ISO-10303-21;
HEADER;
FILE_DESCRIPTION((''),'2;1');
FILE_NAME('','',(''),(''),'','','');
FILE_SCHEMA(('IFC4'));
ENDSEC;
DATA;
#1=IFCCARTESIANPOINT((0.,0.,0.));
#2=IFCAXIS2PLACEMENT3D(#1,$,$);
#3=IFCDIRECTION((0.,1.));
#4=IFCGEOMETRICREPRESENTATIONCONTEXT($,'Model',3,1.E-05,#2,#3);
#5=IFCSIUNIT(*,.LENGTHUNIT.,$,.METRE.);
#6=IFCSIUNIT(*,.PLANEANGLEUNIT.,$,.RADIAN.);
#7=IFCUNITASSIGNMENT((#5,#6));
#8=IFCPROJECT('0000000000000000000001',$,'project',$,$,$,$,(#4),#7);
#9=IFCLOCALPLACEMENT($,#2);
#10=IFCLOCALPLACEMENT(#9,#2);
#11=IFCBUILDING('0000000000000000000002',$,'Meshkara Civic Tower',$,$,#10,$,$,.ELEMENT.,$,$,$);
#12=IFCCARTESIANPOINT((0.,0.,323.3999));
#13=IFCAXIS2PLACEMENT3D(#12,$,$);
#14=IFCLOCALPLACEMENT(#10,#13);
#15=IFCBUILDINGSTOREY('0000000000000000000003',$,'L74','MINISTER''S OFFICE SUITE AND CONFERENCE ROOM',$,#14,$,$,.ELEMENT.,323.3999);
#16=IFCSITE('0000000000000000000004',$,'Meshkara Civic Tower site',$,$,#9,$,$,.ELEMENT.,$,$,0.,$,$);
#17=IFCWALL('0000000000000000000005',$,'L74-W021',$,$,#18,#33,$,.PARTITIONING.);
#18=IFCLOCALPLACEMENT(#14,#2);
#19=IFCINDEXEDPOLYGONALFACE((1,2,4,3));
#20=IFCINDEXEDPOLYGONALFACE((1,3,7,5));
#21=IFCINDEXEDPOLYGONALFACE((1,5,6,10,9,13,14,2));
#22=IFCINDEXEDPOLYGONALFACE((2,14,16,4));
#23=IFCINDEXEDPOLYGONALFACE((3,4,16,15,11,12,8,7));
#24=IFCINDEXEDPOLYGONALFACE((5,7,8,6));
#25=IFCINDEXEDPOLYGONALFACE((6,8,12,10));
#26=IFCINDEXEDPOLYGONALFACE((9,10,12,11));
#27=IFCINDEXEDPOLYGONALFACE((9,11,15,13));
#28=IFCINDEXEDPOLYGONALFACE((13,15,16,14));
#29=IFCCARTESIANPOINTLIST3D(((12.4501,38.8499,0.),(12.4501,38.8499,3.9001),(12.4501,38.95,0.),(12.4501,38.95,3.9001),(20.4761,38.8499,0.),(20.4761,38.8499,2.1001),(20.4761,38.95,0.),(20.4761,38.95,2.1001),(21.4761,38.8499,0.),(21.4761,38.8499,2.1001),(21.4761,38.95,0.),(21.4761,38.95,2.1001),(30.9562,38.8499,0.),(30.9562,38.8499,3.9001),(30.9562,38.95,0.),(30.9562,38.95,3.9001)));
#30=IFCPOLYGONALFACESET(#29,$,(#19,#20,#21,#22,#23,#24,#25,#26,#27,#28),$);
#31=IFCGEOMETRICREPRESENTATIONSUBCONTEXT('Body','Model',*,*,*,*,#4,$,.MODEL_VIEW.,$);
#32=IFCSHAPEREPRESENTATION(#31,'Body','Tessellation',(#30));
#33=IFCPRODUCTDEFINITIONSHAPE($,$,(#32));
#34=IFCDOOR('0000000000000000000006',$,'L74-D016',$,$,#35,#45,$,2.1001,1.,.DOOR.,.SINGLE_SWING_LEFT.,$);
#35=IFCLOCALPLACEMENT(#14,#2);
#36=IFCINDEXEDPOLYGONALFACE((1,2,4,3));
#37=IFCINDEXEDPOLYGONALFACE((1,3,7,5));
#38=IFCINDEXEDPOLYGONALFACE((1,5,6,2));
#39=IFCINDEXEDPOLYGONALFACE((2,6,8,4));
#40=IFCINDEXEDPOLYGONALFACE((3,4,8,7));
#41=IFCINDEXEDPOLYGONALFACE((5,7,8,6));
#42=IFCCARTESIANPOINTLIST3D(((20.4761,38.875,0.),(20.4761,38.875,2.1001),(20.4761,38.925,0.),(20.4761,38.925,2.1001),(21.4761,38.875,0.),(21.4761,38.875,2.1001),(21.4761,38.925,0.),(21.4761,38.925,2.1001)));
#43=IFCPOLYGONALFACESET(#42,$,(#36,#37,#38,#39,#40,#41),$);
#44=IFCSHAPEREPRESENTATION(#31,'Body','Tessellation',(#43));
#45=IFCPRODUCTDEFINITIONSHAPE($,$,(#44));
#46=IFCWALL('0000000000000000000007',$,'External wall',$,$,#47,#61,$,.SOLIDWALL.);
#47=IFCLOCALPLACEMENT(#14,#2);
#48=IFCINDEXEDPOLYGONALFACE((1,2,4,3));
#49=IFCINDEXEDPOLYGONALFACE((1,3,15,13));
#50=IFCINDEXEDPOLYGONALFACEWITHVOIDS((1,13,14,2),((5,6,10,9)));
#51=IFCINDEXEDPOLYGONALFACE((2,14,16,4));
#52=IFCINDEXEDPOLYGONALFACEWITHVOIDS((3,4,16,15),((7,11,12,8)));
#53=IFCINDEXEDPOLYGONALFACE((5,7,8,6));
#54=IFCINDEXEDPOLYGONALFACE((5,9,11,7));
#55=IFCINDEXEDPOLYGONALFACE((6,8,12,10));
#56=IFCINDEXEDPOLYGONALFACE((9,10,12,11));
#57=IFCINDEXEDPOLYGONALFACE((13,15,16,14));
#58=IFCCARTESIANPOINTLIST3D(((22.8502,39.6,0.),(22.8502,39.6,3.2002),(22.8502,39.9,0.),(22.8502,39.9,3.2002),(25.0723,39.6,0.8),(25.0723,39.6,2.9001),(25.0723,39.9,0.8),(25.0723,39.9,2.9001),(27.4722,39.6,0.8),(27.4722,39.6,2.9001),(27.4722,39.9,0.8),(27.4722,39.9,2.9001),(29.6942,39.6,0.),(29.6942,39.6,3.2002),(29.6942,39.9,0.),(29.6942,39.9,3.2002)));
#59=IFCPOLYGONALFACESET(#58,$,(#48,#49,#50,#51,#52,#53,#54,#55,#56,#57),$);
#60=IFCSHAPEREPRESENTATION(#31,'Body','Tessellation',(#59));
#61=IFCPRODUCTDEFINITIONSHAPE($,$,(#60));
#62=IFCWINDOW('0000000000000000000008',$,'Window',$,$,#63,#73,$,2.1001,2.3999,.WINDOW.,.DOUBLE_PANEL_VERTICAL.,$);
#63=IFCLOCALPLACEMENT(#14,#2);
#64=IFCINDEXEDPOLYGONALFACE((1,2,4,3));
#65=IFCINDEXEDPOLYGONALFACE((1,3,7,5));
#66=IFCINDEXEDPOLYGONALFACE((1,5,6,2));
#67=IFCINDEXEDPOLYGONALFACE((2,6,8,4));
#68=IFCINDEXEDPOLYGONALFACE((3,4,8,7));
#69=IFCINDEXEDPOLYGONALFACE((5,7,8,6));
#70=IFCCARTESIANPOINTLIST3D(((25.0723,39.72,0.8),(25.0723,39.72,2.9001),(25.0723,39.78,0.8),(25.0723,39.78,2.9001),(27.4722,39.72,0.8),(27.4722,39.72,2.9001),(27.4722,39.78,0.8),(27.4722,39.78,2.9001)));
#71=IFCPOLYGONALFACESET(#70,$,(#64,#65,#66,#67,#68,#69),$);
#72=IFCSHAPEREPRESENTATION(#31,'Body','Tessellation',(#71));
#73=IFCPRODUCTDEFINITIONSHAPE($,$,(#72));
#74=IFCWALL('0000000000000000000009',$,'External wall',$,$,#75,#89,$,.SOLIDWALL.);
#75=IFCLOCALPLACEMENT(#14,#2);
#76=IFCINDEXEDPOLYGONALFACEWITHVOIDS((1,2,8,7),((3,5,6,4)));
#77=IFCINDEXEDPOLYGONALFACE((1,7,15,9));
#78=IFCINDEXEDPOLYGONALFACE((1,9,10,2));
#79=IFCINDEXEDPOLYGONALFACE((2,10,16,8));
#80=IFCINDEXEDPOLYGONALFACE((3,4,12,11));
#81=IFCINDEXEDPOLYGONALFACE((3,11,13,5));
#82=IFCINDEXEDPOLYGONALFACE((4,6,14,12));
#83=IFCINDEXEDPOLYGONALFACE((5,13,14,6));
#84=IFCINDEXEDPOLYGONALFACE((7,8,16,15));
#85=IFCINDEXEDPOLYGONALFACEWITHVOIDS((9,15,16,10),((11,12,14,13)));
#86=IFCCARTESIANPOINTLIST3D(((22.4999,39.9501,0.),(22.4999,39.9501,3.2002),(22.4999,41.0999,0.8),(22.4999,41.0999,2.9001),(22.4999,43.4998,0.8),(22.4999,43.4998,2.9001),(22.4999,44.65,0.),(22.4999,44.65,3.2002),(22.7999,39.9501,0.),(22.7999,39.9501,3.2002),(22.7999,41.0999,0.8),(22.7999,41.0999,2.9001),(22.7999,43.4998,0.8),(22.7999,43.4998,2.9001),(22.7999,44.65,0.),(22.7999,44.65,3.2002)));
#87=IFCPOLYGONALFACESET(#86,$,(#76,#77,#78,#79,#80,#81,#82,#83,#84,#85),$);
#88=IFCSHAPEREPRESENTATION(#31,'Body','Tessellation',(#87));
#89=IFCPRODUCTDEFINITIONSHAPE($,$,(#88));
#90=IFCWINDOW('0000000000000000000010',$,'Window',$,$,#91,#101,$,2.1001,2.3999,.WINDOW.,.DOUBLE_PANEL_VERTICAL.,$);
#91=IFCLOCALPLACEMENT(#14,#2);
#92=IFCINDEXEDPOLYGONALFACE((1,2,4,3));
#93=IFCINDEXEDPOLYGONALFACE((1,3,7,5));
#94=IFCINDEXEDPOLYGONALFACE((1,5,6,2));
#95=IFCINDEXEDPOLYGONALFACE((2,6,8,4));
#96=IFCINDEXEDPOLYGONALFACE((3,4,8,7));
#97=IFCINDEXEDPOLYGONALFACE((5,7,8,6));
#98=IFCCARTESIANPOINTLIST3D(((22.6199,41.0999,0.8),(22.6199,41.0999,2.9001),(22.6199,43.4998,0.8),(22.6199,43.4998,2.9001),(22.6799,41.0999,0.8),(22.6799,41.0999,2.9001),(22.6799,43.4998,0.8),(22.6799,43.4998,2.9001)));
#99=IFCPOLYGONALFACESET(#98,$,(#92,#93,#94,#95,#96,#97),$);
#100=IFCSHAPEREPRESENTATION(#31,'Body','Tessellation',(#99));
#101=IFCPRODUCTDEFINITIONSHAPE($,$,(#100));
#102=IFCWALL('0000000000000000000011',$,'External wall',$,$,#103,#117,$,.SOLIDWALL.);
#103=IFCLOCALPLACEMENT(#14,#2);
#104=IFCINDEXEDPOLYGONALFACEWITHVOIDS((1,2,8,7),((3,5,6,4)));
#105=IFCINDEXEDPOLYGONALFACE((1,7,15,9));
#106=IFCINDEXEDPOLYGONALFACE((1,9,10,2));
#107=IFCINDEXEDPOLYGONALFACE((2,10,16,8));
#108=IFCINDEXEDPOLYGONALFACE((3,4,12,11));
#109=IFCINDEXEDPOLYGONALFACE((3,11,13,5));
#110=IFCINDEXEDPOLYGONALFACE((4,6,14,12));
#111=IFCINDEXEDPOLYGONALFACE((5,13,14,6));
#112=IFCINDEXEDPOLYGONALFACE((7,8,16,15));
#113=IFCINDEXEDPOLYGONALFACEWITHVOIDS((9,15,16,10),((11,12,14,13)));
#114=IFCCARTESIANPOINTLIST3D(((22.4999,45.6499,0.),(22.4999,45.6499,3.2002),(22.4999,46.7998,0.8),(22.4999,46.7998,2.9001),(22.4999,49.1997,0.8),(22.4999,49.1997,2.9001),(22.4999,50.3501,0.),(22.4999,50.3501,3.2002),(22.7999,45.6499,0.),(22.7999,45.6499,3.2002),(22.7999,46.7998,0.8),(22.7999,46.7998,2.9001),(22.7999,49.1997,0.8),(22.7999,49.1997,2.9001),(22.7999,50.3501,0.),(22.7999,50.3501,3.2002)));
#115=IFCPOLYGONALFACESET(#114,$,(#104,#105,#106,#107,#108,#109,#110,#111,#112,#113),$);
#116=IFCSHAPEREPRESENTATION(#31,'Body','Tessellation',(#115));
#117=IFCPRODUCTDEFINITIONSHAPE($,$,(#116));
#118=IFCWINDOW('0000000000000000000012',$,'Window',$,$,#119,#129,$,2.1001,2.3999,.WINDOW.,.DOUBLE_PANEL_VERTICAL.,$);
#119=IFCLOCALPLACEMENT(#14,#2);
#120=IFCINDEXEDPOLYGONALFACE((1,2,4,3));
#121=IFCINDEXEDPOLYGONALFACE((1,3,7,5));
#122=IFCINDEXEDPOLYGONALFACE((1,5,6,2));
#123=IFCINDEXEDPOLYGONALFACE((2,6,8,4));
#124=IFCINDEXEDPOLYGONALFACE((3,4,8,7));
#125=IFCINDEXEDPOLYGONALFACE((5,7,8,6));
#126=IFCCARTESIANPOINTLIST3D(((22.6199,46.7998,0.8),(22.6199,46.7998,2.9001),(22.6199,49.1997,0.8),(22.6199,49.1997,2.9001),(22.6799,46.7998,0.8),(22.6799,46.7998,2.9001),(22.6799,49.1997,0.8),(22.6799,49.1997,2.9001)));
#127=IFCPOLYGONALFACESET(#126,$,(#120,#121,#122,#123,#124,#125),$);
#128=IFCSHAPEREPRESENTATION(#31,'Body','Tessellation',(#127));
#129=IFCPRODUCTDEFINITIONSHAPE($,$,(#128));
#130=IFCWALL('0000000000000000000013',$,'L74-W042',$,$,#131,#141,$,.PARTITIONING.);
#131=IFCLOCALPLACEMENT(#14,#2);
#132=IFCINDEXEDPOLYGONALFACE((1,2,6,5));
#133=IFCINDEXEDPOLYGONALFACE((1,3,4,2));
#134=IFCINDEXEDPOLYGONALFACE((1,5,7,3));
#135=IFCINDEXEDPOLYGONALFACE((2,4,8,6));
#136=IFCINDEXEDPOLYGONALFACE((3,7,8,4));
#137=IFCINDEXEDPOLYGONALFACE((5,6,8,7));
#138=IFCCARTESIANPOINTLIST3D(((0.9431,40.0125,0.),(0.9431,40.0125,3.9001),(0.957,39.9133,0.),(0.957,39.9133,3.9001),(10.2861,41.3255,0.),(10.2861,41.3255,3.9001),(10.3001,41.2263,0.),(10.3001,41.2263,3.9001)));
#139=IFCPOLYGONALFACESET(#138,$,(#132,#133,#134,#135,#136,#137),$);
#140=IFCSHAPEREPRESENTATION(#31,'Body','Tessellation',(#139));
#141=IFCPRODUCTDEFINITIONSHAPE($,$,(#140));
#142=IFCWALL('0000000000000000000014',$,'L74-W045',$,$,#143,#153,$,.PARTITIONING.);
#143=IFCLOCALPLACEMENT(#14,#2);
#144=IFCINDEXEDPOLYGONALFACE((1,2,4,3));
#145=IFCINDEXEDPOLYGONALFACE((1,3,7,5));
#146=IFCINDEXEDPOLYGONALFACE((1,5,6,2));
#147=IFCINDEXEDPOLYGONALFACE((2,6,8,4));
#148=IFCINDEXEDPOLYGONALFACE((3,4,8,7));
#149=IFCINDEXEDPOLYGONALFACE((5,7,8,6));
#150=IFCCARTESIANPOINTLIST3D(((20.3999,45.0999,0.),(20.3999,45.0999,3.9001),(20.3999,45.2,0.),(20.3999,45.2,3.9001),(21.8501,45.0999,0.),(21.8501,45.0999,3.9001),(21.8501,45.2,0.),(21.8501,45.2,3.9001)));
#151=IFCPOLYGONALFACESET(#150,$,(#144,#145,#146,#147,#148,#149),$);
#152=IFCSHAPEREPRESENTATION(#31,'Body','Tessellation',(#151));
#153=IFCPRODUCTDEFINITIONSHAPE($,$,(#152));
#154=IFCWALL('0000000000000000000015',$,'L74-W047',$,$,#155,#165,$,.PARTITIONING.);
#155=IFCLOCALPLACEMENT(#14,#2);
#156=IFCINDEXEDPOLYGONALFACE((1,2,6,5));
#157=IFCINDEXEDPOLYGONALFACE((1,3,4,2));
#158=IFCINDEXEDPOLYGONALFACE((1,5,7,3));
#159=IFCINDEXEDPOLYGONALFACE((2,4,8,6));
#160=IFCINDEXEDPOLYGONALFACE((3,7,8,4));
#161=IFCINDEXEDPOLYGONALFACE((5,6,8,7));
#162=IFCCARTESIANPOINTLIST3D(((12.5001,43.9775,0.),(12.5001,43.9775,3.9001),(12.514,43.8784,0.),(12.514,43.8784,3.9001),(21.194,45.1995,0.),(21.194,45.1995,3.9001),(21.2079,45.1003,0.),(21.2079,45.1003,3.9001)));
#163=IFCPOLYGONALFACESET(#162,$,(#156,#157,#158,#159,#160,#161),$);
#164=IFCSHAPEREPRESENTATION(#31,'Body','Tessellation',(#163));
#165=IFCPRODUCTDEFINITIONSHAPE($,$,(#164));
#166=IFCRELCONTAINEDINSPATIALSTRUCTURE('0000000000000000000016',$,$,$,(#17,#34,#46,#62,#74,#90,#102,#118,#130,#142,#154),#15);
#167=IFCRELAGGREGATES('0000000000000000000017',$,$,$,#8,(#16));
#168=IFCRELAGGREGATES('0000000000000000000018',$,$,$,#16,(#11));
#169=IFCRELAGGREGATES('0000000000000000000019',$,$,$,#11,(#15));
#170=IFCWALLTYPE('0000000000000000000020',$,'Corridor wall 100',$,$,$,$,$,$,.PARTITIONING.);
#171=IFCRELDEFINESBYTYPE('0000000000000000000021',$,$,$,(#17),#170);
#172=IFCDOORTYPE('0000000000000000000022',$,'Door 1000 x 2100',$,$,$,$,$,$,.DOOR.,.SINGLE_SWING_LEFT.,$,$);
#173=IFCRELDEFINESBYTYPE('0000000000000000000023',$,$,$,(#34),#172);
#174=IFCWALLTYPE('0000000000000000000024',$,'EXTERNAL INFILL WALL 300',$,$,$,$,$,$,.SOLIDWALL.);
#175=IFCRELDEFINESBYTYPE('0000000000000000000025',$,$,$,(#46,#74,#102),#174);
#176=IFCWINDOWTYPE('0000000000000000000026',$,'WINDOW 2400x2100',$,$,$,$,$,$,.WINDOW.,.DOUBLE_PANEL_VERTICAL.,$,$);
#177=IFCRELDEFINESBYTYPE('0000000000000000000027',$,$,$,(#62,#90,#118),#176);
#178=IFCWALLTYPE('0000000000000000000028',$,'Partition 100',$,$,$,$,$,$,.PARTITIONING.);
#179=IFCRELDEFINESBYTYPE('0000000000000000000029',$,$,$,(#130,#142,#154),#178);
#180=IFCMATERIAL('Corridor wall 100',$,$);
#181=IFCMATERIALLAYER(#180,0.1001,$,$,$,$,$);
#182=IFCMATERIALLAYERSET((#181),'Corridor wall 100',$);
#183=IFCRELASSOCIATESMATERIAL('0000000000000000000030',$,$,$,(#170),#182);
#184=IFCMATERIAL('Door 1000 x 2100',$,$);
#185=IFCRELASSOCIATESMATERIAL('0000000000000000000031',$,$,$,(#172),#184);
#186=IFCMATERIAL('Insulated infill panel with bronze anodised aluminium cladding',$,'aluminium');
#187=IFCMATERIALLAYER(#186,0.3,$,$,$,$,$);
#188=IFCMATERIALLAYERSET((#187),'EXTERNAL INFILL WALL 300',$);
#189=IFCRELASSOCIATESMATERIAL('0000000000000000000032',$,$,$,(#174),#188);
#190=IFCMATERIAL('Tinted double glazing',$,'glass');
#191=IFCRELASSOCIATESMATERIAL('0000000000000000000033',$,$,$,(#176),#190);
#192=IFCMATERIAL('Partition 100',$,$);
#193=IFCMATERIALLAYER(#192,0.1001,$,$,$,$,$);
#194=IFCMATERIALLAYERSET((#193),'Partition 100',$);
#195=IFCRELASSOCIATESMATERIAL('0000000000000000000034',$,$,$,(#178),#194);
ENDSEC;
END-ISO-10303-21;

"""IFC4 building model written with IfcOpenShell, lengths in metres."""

from ifc_helpers import new_model, si_unit, direction, frame, frame_2d, origin, place, context, subcontext, project, spatial, rectangle, extrude, material, layer, layer_set, type_object, element, fill, save


model = new_model("IFC4")

# Units and contexts
model_context = context("Model", 3, precision=1e-05, world=origin(), true_north=direction((0.0, 1.0)))
body_context = subcontext(model_context, "Body", "Model", "MODEL_VIEW")
ifc_project = project(units=[si_unit("LENGTHUNIT", "METRE"), si_unit("PLANEANGLEUNIT", "RADIAN")], contexts=[model_context])

# Site, building, storey
site_placement = place(None, origin())
site = spatial("IfcSite", under=ifc_project, at=site_placement, Name="Meshkara Civic Tower site", CompositionType="ELEMENT", RefElevation=0.0)
building_placement = place(site_placement, origin())
building = spatial("IfcBuilding", under=site, at=building_placement, Name="Meshkara Civic Tower", CompositionType="ELEMENT")
storey_placement = place(building_placement, frame((0.0, 0.0, 323.3999)))
storey = spatial("IfcBuildingStorey", under=building, at=storey_placement, Name="L74", Description="MINISTER'S OFFICE SUITE AND CONFERENCE ROOM", CompositionType="ELEMENT", Elevation=323.3999)

# Shared definitions
ifc_material_1 = material(Name="Corridor wall 100")
ifc_layer_1 = layer(ifc_material_1, 0.1001)
ifc_layer_set_1 = layer_set([ifc_layer_1], Name="Corridor wall 100")
wall_type_1 = type_object("IfcWallType", Name="Corridor wall 100", PredefinedType="PARTITIONING", material=ifc_layer_set_1)

# Shared definitions
ifc_material_2 = material(Name="Door 1000 x 2100")
door_type = type_object("IfcDoorType", Name="Door 1000 x 2100", OperationType="SINGLE_SWING_LEFT", PredefinedType="DOOR", material=ifc_material_2)

# Wall, opening, door
wall_1_placement = place(storey_placement, frame((30.9561, 38.8999, 0.0), z_axis=(0.0, 0.0, 1.0), x_axis=(-1.0, 0.0, 0.0)))
wall_1 = element("IfcWall", 1, at=wall_1_placement, inside=storey, type_object=wall_type_1, Name="L74-W021", PredefinedType="PARTITIONING", context=body_context, shape_type="SweptSolid", body=[
    extrude(rectangle(XDim=18.5061, YDim=0.1001, at=frame_2d((9.2529, 0.0))), origin(), (0.0, 0.0, 1.0), 3.9001),
])
opening_1_placement = place(wall_1_placement, frame((9.48, 0.0, 0.0)))
opening_1 = element("IfcOpeningElement", 2, at=opening_1_placement, cuts=wall_1, PredefinedType="OPENING", context=body_context, shape_type="SweptSolid", body=[
    extrude(rectangle(XDim=1.0, YDim=2.1001, at=frame_2d((0.5, 1.05))), frame((0.0, 0.0601, 0.0), z_axis=(0.0, -1.0, 0.0), x_axis=(1.0, 0.0, 0.0)), (0.0, 0.0, 1.0), 0.1201),
])
door_1_placement = place(opening_1_placement, origin())
door_1 = element("IfcDoor", 3, at=door_1_placement, inside=storey, type_object=door_type, Name="L74-D016", OperationType="SINGLE_SWING_LEFT", OverallHeight=2.1001, OverallWidth=1.0, PredefinedType="DOOR", context=body_context, shape_type="SweptSolid", body=[
    extrude(rectangle(XDim=1.0, YDim=2.1001, at=frame_2d((0.5, 1.05))), frame((0.0, 0.0249, 0.0), z_axis=(0.0, -1.0, 0.0), x_axis=(1.0, 0.0, 0.0)), (0.0, 0.0, 1.0), 0.05),
])
fill(opening_1, door_1)

# Walls, openings, windows
ifc_material_3 = material(Name="Insulated infill panel with bronze anodised aluminium cladding", Category="aluminium")
ifc_layer_2 = layer(ifc_material_3, 0.3)
ifc_layer_set_2 = layer_set([ifc_layer_2], Name="EXTERNAL INFILL WALL 300")
wall_type_2 = type_object("IfcWallType", Name="EXTERNAL INFILL WALL 300", PredefinedType="SOLIDWALL", material=ifc_layer_set_2)
wall_2_placement = place(storey_placement, frame((29.6941, 39.75, 0.0), z_axis=(0.0, 0.0, 1.0), x_axis=(-1.0, 0.0, 0.0)))
wall_2 = element("IfcWall", 4, at=wall_2_placement, inside=storey, type_object=wall_type_2, Name="External wall", PredefinedType="SOLIDWALL", context=body_context, shape_type="SweptSolid", body=[
    extrude(rectangle(XDim=6.844, YDim=0.3, at=frame_2d((3.4219, 0.0))), origin(), (0.0, 0.0, 1.0), 3.2002),
])
opening_2_placement = place(wall_2_placement, frame((2.2219, 0.0, 0.8)))
opening_2 = element("IfcOpeningElement", 5, at=opening_2_placement, cuts=wall_2, PredefinedType="OPENING", context=body_context, shape_type="SweptSolid", body=[
    extrude(rectangle(XDim=2.3999, YDim=2.1001, at=frame_2d((1.2, 1.05))), frame((0.0, 0.1599, 0.0), z_axis=(0.0, -1.0, 0.0), x_axis=(1.0, 0.0, 0.0)), (0.0, 0.0, 1.0), 0.3201),
])
ifc_material_4 = material(Name="Tinted double glazing", Category="glass")
window_type = type_object("IfcWindowType", Name="WINDOW 2400x2100", PartitioningType="DOUBLE_PANEL_VERTICAL", PredefinedType="WINDOW", material=ifc_material_4)
window_1_placement = place(opening_2_placement, origin())
window_1 = element("IfcWindow", 6, at=window_1_placement, inside=storey, type_object=window_type, Name="Window", OverallHeight=2.1001, OverallWidth=2.3999, PartitioningType="DOUBLE_PANEL_VERTICAL", PredefinedType="WINDOW", context=body_context, shape_type="SweptSolid", body=[
    extrude(rectangle(XDim=2.3999, YDim=2.1001, at=frame_2d((1.2, 1.05))), frame((0.0, 0.03, 0.0), z_axis=(0.0, -1.0, 0.0), x_axis=(1.0, 0.0, 0.0)), (0.0, 0.0, 1.0), 0.0601),
])
fill(opening_2, window_1)
wall_3_placement = place(storey_placement, frame((22.6499, 39.95, 0.0), z_axis=(0.0, 0.0, 1.0), x_axis=(0.0, 1.0, 0.0)))
wall_3 = element("IfcWall", 7, at=wall_3_placement, inside=storey, type_object=wall_type_2, Name="External wall", PredefinedType="SOLIDWALL", context=body_context, shape_type="SweptSolid", body=[
    extrude(rectangle(XDim=4.7, YDim=0.3, at=frame_2d((2.3501, 0.0))), origin(), (0.0, 0.0, 1.0), 3.2002),
])
opening_3_placement = place(wall_3_placement, frame((1.1499, 0.0, 0.8)))
opening_3 = element("IfcOpeningElement", 8, at=opening_3_placement, cuts=wall_3, PredefinedType="OPENING", context=body_context, shape_type="SweptSolid", body=[
    extrude(rectangle(XDim=2.3999, YDim=2.1001, at=frame_2d((1.2, 1.05))), frame((0.0, 0.1599, 0.0), z_axis=(0.0, -1.0, 0.0), x_axis=(1.0, 0.0, 0.0)), (0.0, 0.0, 1.0), 0.3201),
])
window_2_placement = place(opening_3_placement, origin())
window_2 = element("IfcWindow", 9, at=window_2_placement, inside=storey, type_object=window_type, Name="Window", OverallHeight=2.1001, OverallWidth=2.3999, PartitioningType="DOUBLE_PANEL_VERTICAL", PredefinedType="WINDOW", context=body_context, shape_type="SweptSolid", body=[
    extrude(rectangle(XDim=2.3999, YDim=2.1001, at=frame_2d((1.2, 1.05))), frame((0.0, 0.03, 0.0), z_axis=(0.0, -1.0, 0.0), x_axis=(1.0, 0.0, 0.0)), (0.0, 0.0, 1.0), 0.0601),
])
fill(opening_3, window_2)
wall_4_placement = place(storey_placement, frame((22.6499, 45.6499, 0.0), z_axis=(0.0, 0.0, 1.0), x_axis=(0.0, 1.0, 0.0)))
wall_4 = element("IfcWall", 10, at=wall_4_placement, inside=storey, type_object=wall_type_2, Name="External wall", PredefinedType="SOLIDWALL", context=body_context, shape_type="SweptSolid", body=[
    extrude(rectangle(XDim=4.7002, YDim=0.3, at=frame_2d((2.3501, 0.0))), origin(), (0.0, 0.0, 1.0), 3.2002),
])
opening_4_placement = place(wall_4_placement, frame((1.1499, 0.0, 0.8)))
opening_4 = element("IfcOpeningElement", 11, at=opening_4_placement, cuts=wall_4, PredefinedType="OPENING", context=body_context, shape_type="SweptSolid", body=[
    extrude(rectangle(XDim=2.3999, YDim=2.1001, at=frame_2d((1.2, 1.05))), frame((0.0, 0.1599, 0.0), z_axis=(0.0, -1.0, 0.0), x_axis=(1.0, 0.0, 0.0)), (0.0, 0.0, 1.0), 0.3201),
])
window_3_placement = place(opening_4_placement, origin())
window_3 = element("IfcWindow", 12, at=window_3_placement, inside=storey, type_object=window_type, Name="Window", OverallHeight=2.1001, OverallWidth=2.3999, PartitioningType="DOUBLE_PANEL_VERTICAL", PredefinedType="WINDOW", context=body_context, shape_type="SweptSolid", body=[
    extrude(rectangle(XDim=2.3999, YDim=2.1001, at=frame_2d((1.2, 1.05))), frame((0.0, 0.03, 0.0), z_axis=(0.0, -1.0, 0.0), x_axis=(1.0, 0.0, 0.0)), (0.0, 0.0, 1.0), 0.0601),
])
fill(opening_4, window_3)

# Walls
ifc_material_5 = material(Name="Partition 100")
ifc_layer_3 = layer(ifc_material_5, 0.1001)
ifc_layer_set_3 = layer_set([ifc_layer_3], Name="Partition 100")
wall_type_3 = type_object("IfcWallType", Name="Partition 100", PredefinedType="PARTITIONING", material=ifc_layer_set_3)
wall_5_placement = place(storey_placement, frame((10.293, 41.2759, 0.0), z_axis=(0.0, 0.0, 1.0), x_axis=(-0.990269, -0.139164, 0.0)))
element("IfcWall", 13, at=wall_5_placement, inside=storey, type_object=wall_type_3, Name="L74-W042", PredefinedType="PARTITIONING", context=body_context, shape_type="SweptSolid", body=[
    extrude(rectangle(XDim=9.4348, YDim=0.1001, at=frame_2d((4.7173, 0.0))), origin(), (0.0, 0.0, 1.0), 3.9001),
])
wall_6_placement = place(storey_placement, frame((20.3999, 45.1499, 0.0), z_axis=(0.0, 0.0, 1.0), x_axis=(1.0, 0.0, 0.0)))
element("IfcWall", 14, at=wall_6_placement, inside=storey, type_object=wall_type_3, Name="L74-W045", PredefinedType="PARTITIONING", context=body_context, shape_type="SweptSolid", body=[
    extrude(rectangle(XDim=1.4502, YDim=0.1001, at=frame_2d((0.7251, 0.0))), origin(), (0.0, 0.0, 1.0), 3.9001),
])
wall_7_placement = place(storey_placement, frame((21.2009, 45.1499, 0.0), z_axis=(0.0, 0.0, 1.0), x_axis=(-0.990267, -0.139182, 0.0)))
element("IfcWall", 15, at=wall_7_placement, inside=storey, type_object=wall_type_3, Name="L74-W047", PredefinedType="PARTITIONING", context=body_context, shape_type="SweptSolid", body=[
    extrude(rectangle(XDim=8.7793, YDim=0.1001, at=frame_2d((4.3896, 0.0))), origin(), (0.0, 0.0, 1.0), 3.9001),
])

save(model, "model.ifc")
